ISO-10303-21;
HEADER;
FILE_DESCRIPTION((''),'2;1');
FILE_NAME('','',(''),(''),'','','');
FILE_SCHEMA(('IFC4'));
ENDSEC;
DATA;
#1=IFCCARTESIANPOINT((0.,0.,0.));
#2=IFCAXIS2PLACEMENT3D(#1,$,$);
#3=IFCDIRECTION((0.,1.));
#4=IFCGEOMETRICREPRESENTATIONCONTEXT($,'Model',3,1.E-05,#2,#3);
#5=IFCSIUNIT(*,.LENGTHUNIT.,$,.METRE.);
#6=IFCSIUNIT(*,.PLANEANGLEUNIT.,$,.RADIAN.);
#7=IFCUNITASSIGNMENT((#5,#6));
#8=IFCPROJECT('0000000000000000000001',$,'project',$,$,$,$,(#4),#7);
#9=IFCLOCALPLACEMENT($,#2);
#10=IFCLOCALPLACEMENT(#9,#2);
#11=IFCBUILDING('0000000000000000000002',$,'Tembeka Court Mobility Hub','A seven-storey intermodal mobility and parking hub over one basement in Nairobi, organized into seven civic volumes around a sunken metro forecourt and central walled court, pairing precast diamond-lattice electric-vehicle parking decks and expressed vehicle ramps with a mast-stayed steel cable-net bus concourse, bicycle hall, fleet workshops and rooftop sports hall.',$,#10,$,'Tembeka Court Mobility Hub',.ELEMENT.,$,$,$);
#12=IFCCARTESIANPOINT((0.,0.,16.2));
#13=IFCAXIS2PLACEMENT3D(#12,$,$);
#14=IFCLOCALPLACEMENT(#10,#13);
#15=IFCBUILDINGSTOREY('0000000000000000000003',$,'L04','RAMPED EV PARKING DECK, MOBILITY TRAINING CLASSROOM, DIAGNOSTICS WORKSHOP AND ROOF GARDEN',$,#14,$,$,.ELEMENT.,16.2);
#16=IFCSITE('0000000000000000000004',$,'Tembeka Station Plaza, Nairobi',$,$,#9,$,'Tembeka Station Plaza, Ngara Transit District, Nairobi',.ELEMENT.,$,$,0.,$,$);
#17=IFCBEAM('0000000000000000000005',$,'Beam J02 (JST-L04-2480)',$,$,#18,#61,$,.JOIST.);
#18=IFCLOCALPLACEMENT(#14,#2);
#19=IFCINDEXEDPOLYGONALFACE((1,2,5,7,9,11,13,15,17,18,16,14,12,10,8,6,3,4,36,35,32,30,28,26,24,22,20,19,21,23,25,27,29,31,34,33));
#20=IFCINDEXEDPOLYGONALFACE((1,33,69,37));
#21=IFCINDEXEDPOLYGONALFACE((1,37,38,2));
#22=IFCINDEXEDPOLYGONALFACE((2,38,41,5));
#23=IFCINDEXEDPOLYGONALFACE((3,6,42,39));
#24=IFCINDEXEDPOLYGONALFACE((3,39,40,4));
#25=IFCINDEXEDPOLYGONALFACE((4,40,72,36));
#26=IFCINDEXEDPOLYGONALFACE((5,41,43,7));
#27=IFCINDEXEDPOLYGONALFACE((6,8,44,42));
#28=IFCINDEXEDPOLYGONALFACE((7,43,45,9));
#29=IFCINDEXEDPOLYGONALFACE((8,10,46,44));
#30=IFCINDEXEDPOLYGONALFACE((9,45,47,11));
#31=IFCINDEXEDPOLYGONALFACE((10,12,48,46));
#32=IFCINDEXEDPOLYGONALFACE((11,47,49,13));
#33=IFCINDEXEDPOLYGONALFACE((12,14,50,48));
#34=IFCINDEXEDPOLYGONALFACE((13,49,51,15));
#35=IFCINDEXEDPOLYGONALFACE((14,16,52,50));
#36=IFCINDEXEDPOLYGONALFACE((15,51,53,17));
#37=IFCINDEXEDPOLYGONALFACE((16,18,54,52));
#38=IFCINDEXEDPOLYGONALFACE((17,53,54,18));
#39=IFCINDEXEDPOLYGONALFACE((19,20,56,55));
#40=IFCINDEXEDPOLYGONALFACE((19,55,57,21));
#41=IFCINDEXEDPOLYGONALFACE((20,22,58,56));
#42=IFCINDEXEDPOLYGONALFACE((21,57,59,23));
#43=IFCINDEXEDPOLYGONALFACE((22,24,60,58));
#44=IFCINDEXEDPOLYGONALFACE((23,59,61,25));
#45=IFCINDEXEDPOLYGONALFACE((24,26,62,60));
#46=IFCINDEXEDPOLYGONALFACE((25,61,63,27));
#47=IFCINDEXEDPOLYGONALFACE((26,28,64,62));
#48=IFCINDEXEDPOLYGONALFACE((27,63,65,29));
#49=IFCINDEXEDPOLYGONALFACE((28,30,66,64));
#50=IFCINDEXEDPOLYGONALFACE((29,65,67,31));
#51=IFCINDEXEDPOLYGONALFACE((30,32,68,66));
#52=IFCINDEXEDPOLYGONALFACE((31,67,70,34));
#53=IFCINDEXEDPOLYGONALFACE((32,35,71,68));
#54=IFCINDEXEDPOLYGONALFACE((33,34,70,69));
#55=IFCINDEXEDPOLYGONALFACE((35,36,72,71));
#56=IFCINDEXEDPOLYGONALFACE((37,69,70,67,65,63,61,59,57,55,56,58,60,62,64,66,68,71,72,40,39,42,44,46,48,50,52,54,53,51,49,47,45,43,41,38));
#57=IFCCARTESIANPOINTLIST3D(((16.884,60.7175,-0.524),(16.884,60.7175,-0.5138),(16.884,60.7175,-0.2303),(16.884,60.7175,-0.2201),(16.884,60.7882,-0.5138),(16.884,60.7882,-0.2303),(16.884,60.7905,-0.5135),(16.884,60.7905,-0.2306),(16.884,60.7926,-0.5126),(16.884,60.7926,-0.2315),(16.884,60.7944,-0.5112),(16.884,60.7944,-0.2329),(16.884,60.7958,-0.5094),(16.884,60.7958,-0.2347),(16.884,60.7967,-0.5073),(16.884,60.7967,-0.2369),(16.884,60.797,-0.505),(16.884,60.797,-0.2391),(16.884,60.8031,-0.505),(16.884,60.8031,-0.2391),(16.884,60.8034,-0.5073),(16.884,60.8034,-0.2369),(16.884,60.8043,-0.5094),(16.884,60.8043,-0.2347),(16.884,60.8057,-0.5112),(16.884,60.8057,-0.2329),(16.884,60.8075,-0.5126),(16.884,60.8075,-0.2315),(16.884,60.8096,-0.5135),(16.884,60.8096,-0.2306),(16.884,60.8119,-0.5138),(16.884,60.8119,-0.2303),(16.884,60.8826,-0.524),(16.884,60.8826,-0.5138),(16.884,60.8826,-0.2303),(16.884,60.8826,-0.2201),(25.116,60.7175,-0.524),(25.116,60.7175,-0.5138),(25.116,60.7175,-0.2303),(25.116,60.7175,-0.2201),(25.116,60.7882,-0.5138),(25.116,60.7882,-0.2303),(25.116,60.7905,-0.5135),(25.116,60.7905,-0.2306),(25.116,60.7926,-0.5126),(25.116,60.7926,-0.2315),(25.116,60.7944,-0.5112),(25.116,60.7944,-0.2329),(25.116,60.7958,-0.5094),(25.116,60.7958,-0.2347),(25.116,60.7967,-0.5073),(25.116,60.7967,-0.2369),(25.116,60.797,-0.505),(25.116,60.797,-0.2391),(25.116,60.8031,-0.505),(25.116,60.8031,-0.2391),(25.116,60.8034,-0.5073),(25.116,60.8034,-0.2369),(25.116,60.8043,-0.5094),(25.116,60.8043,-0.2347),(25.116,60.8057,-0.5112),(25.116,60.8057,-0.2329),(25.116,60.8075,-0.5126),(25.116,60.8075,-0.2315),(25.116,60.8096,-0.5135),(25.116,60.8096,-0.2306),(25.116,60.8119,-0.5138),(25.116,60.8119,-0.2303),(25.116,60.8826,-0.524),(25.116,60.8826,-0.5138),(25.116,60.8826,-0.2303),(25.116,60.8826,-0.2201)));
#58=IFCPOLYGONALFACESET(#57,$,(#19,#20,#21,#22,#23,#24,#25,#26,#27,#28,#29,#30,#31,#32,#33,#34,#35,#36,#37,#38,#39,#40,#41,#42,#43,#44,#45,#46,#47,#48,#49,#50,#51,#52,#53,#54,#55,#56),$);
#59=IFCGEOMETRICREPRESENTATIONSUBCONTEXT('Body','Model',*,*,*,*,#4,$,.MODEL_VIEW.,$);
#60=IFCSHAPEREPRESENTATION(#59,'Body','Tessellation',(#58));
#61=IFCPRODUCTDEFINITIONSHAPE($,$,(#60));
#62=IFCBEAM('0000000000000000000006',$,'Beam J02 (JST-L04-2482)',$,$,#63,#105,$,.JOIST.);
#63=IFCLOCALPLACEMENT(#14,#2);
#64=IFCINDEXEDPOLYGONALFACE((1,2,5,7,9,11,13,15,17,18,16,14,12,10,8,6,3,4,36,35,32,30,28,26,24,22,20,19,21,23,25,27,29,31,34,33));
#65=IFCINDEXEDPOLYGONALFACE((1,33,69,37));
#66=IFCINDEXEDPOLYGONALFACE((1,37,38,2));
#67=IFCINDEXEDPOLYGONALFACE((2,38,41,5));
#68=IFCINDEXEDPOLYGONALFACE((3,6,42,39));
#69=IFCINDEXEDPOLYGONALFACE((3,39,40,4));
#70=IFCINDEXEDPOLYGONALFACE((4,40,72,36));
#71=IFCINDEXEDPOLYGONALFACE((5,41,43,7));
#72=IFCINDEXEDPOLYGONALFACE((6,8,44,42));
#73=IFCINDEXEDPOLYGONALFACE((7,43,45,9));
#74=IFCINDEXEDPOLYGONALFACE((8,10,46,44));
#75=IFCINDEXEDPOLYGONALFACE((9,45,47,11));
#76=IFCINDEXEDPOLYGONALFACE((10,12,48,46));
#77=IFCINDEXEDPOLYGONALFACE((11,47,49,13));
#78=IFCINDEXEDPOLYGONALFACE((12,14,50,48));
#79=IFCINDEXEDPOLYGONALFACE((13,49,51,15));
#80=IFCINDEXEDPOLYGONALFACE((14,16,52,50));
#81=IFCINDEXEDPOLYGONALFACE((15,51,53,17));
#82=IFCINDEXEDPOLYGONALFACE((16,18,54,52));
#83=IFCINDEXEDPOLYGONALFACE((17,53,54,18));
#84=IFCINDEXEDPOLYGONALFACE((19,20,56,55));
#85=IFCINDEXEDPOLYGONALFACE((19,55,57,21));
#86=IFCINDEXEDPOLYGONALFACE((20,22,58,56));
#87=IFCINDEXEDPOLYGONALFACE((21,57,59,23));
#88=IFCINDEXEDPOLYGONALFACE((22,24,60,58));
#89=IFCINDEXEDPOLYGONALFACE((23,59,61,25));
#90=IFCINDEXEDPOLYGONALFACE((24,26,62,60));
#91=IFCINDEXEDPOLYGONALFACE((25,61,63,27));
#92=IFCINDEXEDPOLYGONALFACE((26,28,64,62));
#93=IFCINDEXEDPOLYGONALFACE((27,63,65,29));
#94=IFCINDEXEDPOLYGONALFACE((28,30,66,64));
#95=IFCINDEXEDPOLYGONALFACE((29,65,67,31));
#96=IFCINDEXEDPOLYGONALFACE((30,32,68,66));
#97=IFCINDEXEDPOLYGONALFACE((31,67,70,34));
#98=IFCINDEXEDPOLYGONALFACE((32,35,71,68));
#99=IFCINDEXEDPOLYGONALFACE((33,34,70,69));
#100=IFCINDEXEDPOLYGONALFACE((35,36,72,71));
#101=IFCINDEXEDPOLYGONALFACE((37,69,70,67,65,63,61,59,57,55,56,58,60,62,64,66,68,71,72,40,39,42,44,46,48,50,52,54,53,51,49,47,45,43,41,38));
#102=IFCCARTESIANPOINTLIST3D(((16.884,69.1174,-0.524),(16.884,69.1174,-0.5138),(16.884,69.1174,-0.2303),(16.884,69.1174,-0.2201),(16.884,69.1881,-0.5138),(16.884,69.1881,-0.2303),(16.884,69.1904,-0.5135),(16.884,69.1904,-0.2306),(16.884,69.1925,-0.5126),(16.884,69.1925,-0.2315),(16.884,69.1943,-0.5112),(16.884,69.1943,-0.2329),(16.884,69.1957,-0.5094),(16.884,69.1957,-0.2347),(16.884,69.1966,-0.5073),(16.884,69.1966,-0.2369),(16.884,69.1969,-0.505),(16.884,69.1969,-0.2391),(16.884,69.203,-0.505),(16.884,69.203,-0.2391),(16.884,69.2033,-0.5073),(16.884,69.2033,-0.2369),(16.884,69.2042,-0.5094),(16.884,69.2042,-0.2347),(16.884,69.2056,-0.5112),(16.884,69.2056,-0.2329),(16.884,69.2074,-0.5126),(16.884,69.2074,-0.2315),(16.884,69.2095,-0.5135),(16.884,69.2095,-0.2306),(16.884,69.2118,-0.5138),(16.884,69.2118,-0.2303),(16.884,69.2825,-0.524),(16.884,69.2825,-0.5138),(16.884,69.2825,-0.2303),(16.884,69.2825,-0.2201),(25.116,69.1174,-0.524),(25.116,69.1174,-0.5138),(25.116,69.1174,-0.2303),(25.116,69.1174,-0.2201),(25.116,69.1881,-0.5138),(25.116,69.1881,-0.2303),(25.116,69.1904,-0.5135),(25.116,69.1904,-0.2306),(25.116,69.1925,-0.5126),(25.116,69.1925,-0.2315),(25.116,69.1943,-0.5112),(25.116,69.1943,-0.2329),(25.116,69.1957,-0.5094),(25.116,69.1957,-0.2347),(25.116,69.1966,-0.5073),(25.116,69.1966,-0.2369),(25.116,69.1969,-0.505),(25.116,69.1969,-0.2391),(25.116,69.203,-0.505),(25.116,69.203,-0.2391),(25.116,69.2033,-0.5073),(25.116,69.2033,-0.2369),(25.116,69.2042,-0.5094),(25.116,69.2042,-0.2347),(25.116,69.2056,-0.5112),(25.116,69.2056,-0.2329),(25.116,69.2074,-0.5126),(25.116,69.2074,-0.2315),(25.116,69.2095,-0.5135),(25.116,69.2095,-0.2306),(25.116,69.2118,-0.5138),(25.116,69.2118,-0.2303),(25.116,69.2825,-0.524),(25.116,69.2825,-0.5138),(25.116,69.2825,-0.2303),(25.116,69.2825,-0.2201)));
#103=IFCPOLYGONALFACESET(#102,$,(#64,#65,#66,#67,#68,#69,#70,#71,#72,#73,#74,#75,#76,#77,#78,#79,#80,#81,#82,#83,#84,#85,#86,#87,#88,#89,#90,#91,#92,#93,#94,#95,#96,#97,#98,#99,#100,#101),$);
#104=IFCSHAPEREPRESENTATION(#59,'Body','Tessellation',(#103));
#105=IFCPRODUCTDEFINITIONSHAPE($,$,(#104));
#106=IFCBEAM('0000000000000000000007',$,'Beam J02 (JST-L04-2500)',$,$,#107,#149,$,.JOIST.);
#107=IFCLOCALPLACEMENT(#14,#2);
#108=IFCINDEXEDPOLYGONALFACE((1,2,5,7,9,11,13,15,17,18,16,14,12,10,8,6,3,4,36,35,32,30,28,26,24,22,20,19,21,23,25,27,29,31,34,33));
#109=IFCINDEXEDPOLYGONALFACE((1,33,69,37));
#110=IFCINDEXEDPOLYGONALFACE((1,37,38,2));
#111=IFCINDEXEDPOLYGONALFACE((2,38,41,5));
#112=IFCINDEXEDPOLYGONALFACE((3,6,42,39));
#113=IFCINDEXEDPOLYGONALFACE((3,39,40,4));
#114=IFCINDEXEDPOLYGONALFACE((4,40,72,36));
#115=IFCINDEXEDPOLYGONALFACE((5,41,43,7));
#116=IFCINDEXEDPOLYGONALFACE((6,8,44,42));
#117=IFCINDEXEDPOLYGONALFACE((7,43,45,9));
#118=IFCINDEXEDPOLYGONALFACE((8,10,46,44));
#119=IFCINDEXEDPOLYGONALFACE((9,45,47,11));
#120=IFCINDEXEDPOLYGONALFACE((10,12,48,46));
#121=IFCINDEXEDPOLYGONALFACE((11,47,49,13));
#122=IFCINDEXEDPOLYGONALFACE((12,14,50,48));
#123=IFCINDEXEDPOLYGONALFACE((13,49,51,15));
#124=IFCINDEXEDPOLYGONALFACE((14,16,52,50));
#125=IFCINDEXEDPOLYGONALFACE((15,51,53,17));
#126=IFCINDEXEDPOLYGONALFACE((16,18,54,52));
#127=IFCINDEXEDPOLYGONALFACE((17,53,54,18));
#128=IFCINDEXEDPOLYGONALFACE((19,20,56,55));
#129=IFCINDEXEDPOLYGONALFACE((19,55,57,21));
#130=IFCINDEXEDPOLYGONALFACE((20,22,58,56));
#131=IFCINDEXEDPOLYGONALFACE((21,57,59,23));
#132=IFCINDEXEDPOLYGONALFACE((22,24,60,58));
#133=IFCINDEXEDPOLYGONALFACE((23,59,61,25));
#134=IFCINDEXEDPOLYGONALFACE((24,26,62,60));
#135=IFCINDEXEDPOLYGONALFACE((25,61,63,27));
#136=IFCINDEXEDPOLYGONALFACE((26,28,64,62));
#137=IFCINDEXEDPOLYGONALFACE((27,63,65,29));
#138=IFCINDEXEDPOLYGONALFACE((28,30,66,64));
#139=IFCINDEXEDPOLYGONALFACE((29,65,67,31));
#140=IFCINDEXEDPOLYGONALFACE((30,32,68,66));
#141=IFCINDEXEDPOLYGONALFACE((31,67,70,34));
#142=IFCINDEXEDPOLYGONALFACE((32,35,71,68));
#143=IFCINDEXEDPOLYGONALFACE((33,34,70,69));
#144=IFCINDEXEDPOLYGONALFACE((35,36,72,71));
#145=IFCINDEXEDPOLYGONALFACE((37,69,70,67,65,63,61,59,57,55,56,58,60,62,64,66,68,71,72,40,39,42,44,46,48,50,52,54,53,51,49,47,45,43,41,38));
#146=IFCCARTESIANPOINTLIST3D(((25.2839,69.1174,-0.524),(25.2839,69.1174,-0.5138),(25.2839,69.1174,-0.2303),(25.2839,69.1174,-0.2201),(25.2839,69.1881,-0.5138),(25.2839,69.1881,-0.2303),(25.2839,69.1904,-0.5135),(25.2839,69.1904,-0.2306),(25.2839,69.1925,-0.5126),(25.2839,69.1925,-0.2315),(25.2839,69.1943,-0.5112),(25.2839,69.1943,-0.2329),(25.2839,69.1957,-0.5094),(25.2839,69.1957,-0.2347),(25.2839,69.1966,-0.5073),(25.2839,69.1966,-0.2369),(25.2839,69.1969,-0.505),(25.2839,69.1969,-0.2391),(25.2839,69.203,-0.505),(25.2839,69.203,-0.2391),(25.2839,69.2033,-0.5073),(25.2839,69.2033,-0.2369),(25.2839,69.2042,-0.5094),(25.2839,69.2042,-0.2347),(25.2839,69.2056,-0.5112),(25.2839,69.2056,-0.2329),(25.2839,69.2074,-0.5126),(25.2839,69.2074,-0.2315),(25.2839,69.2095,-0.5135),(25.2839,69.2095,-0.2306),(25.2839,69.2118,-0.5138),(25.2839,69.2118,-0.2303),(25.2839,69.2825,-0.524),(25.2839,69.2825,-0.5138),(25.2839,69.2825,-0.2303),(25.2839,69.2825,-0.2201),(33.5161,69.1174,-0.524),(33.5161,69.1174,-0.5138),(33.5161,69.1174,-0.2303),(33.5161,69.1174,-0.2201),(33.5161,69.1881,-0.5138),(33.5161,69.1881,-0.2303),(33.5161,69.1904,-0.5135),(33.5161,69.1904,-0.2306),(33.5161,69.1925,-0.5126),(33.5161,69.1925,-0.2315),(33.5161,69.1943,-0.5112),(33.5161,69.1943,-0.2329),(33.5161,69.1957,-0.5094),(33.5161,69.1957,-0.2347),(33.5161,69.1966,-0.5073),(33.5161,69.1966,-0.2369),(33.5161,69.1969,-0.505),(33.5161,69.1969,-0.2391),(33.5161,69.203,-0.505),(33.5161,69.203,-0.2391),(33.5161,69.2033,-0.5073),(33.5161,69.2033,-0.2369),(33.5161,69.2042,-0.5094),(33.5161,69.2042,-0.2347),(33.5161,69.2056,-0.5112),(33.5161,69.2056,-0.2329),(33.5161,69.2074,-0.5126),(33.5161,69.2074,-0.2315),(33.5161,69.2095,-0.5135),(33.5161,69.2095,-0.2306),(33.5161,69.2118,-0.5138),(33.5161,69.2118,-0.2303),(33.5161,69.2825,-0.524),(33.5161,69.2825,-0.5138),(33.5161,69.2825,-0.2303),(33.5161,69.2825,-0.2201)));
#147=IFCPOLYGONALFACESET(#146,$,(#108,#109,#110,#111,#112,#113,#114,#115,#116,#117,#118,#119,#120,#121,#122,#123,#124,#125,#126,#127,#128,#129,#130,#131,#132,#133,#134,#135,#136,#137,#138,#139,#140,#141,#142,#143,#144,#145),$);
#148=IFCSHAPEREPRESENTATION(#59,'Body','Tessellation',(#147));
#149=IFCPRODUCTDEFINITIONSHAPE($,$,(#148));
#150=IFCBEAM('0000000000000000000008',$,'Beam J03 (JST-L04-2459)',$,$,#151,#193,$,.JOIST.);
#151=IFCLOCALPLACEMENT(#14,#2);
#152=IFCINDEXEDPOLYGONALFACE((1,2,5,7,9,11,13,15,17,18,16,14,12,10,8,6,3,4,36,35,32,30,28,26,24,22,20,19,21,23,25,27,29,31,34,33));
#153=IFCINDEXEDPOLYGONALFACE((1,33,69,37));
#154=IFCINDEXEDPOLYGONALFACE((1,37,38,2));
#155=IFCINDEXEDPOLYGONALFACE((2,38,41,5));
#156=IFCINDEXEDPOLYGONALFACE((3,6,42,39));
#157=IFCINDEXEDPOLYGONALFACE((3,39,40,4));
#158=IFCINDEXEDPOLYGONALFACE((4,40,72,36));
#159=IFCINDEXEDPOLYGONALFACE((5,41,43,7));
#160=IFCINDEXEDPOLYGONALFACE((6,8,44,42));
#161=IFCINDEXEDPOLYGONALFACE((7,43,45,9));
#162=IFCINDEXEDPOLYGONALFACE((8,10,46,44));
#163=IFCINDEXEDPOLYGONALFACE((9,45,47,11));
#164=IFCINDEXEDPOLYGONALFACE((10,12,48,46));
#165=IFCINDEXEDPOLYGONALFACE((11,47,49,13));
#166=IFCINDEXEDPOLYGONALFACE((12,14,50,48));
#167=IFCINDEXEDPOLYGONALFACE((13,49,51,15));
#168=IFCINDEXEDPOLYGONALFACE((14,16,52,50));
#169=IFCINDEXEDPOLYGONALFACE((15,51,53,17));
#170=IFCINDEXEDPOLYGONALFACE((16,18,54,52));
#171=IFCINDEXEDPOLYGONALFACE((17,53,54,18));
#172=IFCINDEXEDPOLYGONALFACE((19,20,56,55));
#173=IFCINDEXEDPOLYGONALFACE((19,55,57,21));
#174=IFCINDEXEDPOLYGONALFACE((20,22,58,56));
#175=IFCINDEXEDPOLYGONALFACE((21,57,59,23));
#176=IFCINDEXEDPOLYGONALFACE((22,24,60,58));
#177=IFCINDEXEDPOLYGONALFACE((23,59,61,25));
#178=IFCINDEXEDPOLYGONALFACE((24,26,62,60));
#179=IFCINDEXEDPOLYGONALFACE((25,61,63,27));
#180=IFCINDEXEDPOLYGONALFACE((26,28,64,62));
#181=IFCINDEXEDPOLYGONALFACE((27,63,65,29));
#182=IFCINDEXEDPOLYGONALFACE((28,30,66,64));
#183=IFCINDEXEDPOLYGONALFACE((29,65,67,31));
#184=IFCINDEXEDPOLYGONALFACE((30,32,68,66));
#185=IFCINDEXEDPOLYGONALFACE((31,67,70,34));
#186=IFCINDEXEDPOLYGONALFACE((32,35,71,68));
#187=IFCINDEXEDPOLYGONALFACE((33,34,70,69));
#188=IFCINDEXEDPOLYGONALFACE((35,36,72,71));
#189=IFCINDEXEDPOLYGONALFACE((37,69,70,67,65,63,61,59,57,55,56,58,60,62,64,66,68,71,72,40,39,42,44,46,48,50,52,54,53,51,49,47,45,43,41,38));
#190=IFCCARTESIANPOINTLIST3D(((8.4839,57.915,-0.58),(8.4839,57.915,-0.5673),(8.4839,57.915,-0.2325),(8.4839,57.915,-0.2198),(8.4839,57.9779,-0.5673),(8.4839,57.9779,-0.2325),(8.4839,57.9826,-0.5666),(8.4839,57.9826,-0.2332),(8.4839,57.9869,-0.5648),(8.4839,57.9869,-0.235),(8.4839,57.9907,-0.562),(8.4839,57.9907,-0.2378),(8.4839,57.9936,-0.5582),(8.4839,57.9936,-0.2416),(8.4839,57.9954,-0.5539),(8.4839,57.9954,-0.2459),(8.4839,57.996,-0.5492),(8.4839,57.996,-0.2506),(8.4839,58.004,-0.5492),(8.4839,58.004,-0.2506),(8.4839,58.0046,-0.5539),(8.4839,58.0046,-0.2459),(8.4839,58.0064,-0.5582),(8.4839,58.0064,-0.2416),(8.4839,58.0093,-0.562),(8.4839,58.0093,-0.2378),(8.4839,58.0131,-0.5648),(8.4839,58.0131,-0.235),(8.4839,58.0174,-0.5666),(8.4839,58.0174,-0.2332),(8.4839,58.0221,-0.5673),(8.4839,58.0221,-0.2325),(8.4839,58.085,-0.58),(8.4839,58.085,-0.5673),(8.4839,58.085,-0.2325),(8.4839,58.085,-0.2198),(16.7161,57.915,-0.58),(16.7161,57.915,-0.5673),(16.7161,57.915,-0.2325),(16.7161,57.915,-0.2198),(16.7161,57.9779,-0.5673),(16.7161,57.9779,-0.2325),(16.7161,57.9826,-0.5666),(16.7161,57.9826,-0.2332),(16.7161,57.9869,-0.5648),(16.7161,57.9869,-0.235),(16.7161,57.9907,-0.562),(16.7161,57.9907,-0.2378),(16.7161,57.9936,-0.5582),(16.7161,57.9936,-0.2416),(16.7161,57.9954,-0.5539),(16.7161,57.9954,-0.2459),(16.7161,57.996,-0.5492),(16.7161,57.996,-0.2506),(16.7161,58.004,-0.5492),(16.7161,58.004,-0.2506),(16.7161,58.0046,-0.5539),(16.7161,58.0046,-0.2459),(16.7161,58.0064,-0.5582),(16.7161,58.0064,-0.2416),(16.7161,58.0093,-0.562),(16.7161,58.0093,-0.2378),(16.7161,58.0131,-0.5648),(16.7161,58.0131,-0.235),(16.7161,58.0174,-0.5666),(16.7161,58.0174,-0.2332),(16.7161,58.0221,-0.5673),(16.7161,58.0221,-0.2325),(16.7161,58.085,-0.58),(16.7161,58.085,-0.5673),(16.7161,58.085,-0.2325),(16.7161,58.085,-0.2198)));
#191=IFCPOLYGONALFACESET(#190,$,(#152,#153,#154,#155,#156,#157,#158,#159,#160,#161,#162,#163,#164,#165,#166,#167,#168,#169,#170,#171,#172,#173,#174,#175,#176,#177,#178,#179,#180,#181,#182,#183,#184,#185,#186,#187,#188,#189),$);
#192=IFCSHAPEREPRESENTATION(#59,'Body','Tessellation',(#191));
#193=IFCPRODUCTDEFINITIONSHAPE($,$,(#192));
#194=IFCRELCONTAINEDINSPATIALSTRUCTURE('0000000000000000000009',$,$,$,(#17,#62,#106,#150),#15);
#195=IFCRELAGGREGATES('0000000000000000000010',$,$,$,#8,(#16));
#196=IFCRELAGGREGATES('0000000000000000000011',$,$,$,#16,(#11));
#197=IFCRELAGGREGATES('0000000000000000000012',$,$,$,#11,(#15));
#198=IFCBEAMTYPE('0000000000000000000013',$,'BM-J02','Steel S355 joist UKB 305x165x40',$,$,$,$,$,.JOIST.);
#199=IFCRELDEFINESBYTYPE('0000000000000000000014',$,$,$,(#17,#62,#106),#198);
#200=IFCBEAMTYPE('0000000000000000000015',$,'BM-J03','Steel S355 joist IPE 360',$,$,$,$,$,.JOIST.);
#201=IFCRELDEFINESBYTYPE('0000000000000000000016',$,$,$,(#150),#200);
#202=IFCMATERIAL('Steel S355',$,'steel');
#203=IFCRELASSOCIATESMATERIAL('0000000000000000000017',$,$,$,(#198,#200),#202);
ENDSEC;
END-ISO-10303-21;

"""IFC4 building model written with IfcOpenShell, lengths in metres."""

from ifc_helpers import new_model, si_unit, direction, frame, origin, origin_2d, place, context, subcontext, project, spatial, i_section, extrude, material, material_profile, profile_set, type_object, element, save


model = new_model("IFC4")

# Units and contexts
model_context = context("Model", 3, precision=1e-05, world=origin(), true_north=direction((0.0, 1.0)))
body_context = subcontext(model_context, "Body", "Model", "MODEL_VIEW")
ifc_project = project(units=[si_unit("LENGTHUNIT", "METRE"), si_unit("PLANEANGLEUNIT", "RADIAN")], contexts=[model_context])

# Site, building, storey
site_placement = place(None, origin())
site = spatial("IfcSite", under=ifc_project, at=site_placement, Name="Tembeka Station Plaza, Nairobi", LongName="Tembeka Station Plaza, Ngara Transit District, Nairobi", CompositionType="ELEMENT", RefElevation=0.0)
building_placement = place(site_placement, origin())
building = spatial("IfcBuilding", under=site, at=building_placement, Name="Tembeka Court Mobility Hub", Description="A seven-storey intermodal mobility and parking hub over one basement in Nairobi, organized into seven civic volumes around a sunken metro forecourt and central walled court, pairing precast diamond-lattice electric-vehicle parking decks and expressed vehicle ramps with a mast-stayed steel cable-net bus concourse, bicycle hall, fleet workshops and rooftop sports hall.", LongName="Tembeka Court Mobility Hub", CompositionType="ELEMENT")
storey_placement = place(building_placement, frame((0.0, 0.0, 16.2)))
storey = spatial("IfcBuildingStorey", under=building, at=storey_placement, Name="L04", Description="RAMPED EV PARKING DECK, MOBILITY TRAINING CLASSROOM, DIAGNOSTICS WORKSHOP AND ROOF GARDEN", CompositionType="ELEMENT", Elevation=16.2)

# Shared definitions
ifc_material_1 = material(Name="Steel S355", Category="steel")

# Beams
ifc_material_profile_1 = material_profile(ifc_material_1, i_section(OverallWidth=0.165, OverallDepth=0.304, WebThickness=0.0061, FlangeThickness=0.0103, FilletRadius=0.0088, at=origin_2d()), Name="UKB 305x165x40")
ifc_profile_set_1 = profile_set([ifc_material_profile_1], Name="Steel S355")
beam_type_1 = type_object("IfcBeamType", Name="BM-J02", Description="Steel S355 joist UKB 305x165x40", PredefinedType="JOIST", material=ifc_profile_set_1)
for number, where, z_axis, x_axis, name in (
    (1, (16.884, 60.8, -0.3721), (1.0, 0.0, 0.0), (0.0, 1.0, 0.0), "Beam J02 (JST-L04-2480)"),
    (2, (16.884, 69.2, -0.3721), (1.0, 0.0, 0.0), (0.0, 1.0, 0.0), "Beam J02 (JST-L04-2482)"),
):
    element("IfcBeam", number, at=place(storey_placement, frame(where, z_axis=z_axis, x_axis=x_axis)), inside=storey, type_object=beam_type_1, Name=name, PredefinedType="JOIST", context=body_context, shape_type="SweptSolid", body=[
        extrude(i_section(OverallWidth=0.165, OverallDepth=0.304, WebThickness=0.0061, FlangeThickness=0.0103, FilletRadius=0.0088, at=origin_2d()), origin(), (0.0, 0.0, 1.0), 8.2319),
    ])
beam_1_placement = place(storey_placement, frame((25.2839, 69.2, -0.3721), z_axis=(1.0, 0.0, 0.0), x_axis=(0.0, 1.0, 0.0)))
element("IfcBeam", 3, at=beam_1_placement, inside=storey, type_object=beam_type_1, Name="Beam J02 (JST-L04-2500)", PredefinedType="JOIST", context=body_context, shape_type="SweptSolid", body=[
    extrude(i_section(OverallWidth=0.165, OverallDepth=0.304, WebThickness=0.0061, FlangeThickness=0.0103, FilletRadius=0.0088, at=origin_2d()), origin(), (0.0, 0.0, 1.0), 8.2322),
])
ifc_material_profile_2 = material_profile(ifc_material_1, i_section(OverallWidth=0.1699, OverallDepth=0.3601, WebThickness=0.0081, FlangeThickness=0.0127, FilletRadius=0.0181, at=origin_2d()), Name="IPE 360")
ifc_profile_set_2 = profile_set([ifc_material_profile_2], Name="Steel S355")
beam_type_2 = type_object("IfcBeamType", Name="BM-J03", Description="Steel S355 joist IPE 360", PredefinedType="JOIST", material=ifc_profile_set_2)
for number, where, z_axis, x_axis, name in (
    (4, (8.4839, 58.0, -0.3999), (1.0, 0.0, 0.0), (0.0, 1.0, 0.0), "Beam J03 (JST-L04-2459)"),
):
    element("IfcBeam", number, at=place(storey_placement, frame(where, z_axis=z_axis, x_axis=x_axis)), inside=storey, type_object=beam_type_2, Name=name, PredefinedType="JOIST", context=body_context, shape_type="SweptSolid", body=[
        extrude(i_section(OverallWidth=0.1699, OverallDepth=0.3601, WebThickness=0.0081, FlangeThickness=0.0127, FilletRadius=0.0181, at=origin_2d()), origin(), (0.0, 0.0, 1.0), 8.2322),
    ])

save(model, "model.ifc")
